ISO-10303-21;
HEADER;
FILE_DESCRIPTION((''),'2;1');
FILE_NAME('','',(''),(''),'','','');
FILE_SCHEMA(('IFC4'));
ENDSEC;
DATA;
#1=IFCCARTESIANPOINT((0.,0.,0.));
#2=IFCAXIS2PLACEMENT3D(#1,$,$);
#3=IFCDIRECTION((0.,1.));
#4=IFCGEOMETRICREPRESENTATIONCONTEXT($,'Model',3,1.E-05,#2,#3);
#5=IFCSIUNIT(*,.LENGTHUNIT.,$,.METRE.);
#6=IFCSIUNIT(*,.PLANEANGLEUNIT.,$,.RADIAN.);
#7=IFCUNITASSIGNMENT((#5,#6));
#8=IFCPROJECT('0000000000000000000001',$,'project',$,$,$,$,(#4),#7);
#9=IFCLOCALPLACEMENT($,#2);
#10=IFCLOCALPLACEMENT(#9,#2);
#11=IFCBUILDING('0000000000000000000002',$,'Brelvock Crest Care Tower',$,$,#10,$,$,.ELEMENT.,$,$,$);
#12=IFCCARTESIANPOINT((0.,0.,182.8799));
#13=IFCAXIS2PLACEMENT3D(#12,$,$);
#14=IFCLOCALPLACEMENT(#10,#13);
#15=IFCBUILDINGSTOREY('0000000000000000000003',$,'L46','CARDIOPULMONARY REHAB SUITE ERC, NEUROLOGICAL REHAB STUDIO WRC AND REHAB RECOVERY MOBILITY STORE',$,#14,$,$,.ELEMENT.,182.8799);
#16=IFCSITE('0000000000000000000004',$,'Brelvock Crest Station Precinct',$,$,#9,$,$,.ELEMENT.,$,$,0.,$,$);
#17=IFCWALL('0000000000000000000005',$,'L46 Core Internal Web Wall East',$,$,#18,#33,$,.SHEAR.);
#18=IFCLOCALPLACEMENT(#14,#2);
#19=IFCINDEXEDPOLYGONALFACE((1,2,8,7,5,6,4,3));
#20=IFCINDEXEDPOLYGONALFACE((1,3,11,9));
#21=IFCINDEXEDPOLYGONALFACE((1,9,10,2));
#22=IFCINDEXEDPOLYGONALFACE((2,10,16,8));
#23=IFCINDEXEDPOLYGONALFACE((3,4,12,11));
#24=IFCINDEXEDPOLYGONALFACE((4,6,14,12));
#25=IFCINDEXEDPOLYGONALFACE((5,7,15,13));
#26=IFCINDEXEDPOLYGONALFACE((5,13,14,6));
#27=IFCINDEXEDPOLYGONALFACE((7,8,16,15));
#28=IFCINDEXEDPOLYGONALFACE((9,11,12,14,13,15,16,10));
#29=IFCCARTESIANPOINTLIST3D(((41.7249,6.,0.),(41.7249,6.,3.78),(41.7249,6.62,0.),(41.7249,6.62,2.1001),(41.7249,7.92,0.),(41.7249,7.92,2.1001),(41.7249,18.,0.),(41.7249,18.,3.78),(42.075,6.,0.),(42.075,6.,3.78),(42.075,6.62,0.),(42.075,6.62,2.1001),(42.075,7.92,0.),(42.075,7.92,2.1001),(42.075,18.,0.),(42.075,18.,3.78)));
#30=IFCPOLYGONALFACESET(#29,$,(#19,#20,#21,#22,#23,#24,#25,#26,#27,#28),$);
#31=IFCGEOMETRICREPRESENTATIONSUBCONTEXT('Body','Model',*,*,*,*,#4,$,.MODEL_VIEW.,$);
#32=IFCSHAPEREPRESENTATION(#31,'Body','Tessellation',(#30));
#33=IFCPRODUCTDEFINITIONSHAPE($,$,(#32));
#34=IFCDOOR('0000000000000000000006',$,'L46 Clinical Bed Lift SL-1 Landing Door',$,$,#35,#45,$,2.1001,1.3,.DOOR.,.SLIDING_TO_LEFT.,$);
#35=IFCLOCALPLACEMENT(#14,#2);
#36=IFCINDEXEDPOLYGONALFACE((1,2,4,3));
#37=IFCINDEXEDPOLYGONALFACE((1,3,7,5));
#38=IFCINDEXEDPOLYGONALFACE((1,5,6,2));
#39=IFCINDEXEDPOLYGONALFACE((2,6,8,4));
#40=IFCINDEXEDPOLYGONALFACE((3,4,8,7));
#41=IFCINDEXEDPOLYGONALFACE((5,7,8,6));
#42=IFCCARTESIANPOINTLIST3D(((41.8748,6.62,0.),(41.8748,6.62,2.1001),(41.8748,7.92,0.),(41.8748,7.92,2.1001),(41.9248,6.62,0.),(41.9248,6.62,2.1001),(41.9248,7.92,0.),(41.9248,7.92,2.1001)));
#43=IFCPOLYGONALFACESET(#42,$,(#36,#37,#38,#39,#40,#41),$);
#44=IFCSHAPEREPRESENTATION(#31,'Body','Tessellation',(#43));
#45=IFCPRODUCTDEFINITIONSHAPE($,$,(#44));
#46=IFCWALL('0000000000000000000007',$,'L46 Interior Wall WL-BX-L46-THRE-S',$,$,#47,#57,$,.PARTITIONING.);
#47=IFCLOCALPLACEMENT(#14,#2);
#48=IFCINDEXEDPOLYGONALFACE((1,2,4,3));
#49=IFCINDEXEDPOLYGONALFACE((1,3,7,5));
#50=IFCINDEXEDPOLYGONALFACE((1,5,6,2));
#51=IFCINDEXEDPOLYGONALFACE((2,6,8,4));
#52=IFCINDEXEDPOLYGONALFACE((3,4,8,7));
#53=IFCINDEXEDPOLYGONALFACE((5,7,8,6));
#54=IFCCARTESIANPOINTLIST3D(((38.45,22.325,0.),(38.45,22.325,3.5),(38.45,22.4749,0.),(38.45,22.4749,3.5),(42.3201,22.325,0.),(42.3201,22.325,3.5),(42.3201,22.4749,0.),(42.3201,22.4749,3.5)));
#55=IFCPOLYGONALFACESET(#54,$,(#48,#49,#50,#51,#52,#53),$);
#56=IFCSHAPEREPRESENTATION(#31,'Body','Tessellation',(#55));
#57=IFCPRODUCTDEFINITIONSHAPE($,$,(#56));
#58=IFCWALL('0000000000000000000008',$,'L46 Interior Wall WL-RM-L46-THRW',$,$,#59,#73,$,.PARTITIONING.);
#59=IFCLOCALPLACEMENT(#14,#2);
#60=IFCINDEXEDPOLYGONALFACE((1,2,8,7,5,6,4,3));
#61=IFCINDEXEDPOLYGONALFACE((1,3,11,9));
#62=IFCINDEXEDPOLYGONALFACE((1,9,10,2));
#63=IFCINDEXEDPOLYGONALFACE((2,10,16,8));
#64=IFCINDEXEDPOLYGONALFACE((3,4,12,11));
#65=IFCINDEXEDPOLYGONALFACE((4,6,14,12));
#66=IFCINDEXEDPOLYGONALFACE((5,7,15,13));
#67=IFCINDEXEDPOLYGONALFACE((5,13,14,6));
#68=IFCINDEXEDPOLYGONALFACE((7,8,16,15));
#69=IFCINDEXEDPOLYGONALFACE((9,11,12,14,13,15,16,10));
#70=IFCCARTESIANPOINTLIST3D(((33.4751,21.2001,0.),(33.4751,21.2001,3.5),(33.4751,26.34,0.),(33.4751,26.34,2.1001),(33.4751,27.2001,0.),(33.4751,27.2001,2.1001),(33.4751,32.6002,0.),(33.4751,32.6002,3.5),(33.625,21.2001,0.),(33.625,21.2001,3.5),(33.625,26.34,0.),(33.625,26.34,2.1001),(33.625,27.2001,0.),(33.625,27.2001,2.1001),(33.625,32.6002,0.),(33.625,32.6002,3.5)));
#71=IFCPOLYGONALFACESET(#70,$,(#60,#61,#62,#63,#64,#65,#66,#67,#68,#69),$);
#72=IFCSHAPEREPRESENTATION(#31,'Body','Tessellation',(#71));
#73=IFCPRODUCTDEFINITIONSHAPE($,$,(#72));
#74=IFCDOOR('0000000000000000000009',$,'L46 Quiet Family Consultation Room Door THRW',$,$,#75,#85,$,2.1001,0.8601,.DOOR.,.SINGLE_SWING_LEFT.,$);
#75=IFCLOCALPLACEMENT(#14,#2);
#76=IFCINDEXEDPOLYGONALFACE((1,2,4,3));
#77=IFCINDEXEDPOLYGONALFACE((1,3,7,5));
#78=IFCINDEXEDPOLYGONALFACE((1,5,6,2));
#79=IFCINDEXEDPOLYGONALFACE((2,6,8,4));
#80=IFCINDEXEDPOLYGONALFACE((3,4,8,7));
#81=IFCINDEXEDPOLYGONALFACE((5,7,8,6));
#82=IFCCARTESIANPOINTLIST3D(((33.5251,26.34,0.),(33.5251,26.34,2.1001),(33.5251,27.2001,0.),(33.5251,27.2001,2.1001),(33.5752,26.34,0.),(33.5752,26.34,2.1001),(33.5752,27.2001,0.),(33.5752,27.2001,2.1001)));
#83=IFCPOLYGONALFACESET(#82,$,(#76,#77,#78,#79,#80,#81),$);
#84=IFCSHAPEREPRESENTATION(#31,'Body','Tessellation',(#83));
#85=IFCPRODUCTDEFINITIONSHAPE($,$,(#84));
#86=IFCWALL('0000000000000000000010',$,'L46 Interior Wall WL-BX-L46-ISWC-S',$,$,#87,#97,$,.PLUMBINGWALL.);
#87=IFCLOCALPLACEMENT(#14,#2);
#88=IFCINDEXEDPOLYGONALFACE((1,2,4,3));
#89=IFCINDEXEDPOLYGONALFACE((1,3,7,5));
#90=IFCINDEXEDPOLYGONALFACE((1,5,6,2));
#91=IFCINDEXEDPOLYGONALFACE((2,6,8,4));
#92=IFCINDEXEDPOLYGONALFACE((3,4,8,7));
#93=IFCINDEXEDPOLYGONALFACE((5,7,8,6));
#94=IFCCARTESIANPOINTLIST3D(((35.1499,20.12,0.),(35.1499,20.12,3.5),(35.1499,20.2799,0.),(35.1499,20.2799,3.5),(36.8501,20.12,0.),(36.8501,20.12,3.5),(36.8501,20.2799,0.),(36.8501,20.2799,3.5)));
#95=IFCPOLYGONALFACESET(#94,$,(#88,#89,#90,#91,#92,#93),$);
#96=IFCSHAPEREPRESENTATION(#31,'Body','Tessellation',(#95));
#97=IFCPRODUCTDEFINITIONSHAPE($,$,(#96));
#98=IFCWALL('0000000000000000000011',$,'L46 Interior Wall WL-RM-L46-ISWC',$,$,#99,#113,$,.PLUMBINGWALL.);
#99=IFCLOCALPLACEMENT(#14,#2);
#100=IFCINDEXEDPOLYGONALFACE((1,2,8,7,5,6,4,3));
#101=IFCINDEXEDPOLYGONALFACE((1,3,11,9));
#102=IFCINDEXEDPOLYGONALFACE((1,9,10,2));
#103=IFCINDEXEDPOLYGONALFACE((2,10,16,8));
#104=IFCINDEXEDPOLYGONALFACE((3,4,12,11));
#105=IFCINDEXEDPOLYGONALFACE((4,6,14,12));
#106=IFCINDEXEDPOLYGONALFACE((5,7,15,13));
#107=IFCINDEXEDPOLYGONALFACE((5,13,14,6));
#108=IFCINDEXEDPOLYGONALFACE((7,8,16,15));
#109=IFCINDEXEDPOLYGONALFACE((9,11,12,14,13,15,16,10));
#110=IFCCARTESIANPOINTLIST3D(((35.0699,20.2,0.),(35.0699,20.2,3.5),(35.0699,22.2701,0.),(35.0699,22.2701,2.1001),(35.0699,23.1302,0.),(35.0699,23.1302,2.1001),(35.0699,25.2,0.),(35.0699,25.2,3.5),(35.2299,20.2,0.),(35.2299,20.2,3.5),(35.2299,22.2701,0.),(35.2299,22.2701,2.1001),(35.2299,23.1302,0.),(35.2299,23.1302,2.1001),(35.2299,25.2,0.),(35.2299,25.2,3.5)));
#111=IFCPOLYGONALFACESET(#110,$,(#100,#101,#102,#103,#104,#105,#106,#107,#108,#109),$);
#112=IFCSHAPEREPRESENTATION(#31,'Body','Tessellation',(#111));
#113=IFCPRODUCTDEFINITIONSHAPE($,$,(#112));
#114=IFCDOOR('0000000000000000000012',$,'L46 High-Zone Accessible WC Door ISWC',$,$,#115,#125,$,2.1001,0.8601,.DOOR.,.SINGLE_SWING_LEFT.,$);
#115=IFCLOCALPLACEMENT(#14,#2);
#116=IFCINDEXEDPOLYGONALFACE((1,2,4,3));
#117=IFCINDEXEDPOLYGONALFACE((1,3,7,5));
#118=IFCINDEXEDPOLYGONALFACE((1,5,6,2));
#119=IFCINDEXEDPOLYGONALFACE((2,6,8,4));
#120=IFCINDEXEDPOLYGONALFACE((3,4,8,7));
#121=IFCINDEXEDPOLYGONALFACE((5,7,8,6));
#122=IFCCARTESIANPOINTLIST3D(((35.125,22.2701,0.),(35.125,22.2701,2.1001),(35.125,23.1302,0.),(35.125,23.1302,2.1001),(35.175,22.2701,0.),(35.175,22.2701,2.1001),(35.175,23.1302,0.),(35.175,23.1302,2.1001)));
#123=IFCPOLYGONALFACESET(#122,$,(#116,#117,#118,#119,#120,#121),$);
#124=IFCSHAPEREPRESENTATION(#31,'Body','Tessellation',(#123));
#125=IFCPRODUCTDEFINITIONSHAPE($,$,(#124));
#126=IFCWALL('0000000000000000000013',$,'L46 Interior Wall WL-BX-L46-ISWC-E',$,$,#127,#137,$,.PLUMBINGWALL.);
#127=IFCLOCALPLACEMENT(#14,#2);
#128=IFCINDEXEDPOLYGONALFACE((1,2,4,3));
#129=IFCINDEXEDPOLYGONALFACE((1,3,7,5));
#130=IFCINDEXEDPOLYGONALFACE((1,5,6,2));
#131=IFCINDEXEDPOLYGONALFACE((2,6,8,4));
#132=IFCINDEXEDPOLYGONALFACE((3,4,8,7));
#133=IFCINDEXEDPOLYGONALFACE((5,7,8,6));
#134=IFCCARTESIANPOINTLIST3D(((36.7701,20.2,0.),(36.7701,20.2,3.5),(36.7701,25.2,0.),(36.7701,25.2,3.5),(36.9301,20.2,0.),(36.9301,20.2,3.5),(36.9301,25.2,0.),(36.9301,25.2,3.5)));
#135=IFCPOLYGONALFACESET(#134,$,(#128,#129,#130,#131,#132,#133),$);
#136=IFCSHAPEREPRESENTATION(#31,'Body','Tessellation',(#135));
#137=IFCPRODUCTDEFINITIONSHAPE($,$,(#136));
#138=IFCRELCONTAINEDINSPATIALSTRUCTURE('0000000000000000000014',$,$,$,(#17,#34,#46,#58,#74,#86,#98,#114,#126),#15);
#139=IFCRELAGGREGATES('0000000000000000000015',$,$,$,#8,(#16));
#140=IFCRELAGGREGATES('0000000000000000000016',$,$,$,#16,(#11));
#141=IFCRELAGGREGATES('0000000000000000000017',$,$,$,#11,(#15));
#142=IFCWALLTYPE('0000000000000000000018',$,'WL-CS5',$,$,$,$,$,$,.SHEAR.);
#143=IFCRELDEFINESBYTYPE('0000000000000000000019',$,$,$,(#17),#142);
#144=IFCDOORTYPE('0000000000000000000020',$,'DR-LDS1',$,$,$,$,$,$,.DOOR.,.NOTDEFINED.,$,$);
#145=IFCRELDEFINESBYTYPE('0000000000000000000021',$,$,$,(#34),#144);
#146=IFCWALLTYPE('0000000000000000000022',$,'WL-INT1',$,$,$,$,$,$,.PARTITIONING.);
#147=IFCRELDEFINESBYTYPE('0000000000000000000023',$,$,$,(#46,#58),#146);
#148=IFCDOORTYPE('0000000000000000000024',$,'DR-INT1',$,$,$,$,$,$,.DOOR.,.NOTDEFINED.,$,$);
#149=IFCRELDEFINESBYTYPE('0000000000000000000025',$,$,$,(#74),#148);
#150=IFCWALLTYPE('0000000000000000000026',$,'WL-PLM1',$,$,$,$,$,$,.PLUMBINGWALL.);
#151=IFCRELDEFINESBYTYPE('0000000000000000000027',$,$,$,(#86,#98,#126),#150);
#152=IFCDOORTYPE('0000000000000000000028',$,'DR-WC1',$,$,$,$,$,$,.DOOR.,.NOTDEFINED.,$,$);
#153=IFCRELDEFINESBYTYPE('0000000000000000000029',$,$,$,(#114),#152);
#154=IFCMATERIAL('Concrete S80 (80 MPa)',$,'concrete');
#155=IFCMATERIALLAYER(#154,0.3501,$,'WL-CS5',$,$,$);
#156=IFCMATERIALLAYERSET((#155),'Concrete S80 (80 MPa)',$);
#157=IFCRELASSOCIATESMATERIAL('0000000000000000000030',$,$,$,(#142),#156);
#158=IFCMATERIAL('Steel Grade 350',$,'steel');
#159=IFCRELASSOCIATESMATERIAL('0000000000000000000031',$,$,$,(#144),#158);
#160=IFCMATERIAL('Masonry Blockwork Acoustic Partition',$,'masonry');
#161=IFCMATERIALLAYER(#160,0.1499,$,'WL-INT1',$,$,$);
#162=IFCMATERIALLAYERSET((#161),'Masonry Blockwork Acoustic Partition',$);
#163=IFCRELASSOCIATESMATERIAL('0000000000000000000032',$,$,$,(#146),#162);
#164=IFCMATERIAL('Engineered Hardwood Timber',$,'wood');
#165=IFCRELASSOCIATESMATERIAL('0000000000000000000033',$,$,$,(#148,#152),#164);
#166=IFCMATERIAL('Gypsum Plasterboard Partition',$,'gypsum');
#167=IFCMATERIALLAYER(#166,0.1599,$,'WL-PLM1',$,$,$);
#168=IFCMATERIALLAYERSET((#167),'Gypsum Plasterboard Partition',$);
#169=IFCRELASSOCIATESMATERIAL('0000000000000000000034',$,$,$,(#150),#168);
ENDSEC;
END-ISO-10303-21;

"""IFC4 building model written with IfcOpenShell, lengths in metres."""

from ifc_helpers import new_model, si_unit, direction, frame, frame_2d, origin, origin_2d, place, context, subcontext, project, spatial, rectangle, extrude, source, transform, mapped, material, layer, layer_set, type_object, element, fill, save


model = new_model("IFC4")

# Units and contexts
model_context = context("Model", 3, precision=1e-05, world=origin(), true_north=direction((0.0, 1.0)))
body_context = subcontext(model_context, "Body", "Model", "MODEL_VIEW")
ifc_project = project(units=[si_unit("LENGTHUNIT", "METRE"), si_unit("PLANEANGLEUNIT", "RADIAN")], contexts=[model_context])

# Site, building, storey
site_placement = place(None, origin())
site = spatial("IfcSite", under=ifc_project, at=site_placement, Name="Brelvock Crest Station Precinct", CompositionType="ELEMENT", RefElevation=0.0)
building_placement = place(site_placement, origin())
building = spatial("IfcBuilding", under=site, at=building_placement, Name="Brelvock Crest Care Tower", CompositionType="ELEMENT")
storey_placement = place(building_placement, frame((0.0, 0.0, 182.8799)))
storey = spatial("IfcBuildingStorey", under=building, at=storey_placement, Name="L46", Description="CARDIOPULMONARY REHAB SUITE ERC, NEUROLOGICAL REHAB STUDIO WRC AND REHAB RECOVERY MOBILITY STORE", CompositionType="ELEMENT", Elevation=182.8799)

# Shared definitions
ifc_material_1 = material(Name="Steel Grade 350", Category="steel")

# Wall, opening, door
ifc_material_2 = material(Name="Concrete S80 (80 MPa)", Category="concrete")
ifc_layer_1 = layer(ifc_material_2, 0.3501, Name="WL-CS5")
ifc_layer_set_1 = layer_set([ifc_layer_1], Name="Concrete S80 (80 MPa)")
wall_type_1 = type_object("IfcWallType", Name="WL-CS5", PredefinedType="SHEAR", material=ifc_layer_set_1)
wall_1_placement = place(storey_placement, frame((41.8999, 18.0, 0.0), z_axis=(0.0, 0.0, 1.0), x_axis=(0.0, -1.0, 0.0)))
wall_1 = element("IfcWall", 1, at=wall_1_placement, inside=storey, type_object=wall_type_1, Name="L46 Core Internal Web Wall East", PredefinedType="SHEAR", context=body_context, shape_type="SweptSolid", body=[
    extrude(rectangle(XDim=12.0, YDim=0.3501, at=frame_2d((6.0, 0.0))), origin(), (0.0, 0.0, 1.0), 3.78),
])
opening_1_placement = place(wall_1_placement, frame((10.0801, 0.0, 0.0)))
opening_1 = element("IfcOpeningElement", 2, at=opening_1_placement, cuts=wall_1, PredefinedType="OPENING", context=body_context, shape_type="SweptSolid", body=[
    extrude(rectangle(XDim=1.3, YDim=2.1001, at=origin_2d()), frame((0.6499, 0.1851, 1.05), z_axis=(0.0, -1.0, 0.0), x_axis=(1.0, 0.0, 0.0)), (0.0, 0.0, 1.0), 0.3701),
])
door_type_1 = type_object("IfcDoorType", Name="DR-LDS1", OperationType="NOTDEFINED", PredefinedType="DOOR", material=ifc_material_1)
shared_shape_1 = source(origin(), body_context, "Body", "SweptSolid", [
    extrude(rectangle(XDim=1.3, YDim=2.1001, at=origin_2d()), frame((0.6499, 0.0249, 1.05), z_axis=(0.0, -1.0, 0.0), x_axis=(1.0, 0.0, 0.0)), (0.0, 0.0, 1.0), 0.05),
])
door_1_placement = place(opening_1_placement, origin())
door_1 = element("IfcDoor", 3, at=door_1_placement, inside=storey, type_object=door_type_1, Name="L46 Clinical Bed Lift SL-1 Landing Door", OperationType="SLIDING_TO_LEFT", OverallHeight=2.1001, OverallWidth=1.3, PredefinedType="DOOR", context=body_context, shape_type="MappedRepresentation", body=[
    mapped(shared_shape_1, transform((0.0, 0.0, 0.0), x_axis=(1.0, 0.0, 0.0), y_axis=(0.0, 1.0, 0.0), z_axis=(0.0, 0.0, 1.0), scale=1.0)),
])
fill(opening_1, door_1)

# Wall
ifc_material_3 = material(Name="Masonry Blockwork Acoustic Partition", Category="masonry")
ifc_layer_2 = layer(ifc_material_3, 0.1499, Name="WL-INT1")
ifc_layer_set_2 = layer_set([ifc_layer_2], Name="Masonry Blockwork Acoustic Partition")
wall_type_2 = type_object("IfcWallType", Name="WL-INT1", PredefinedType="PARTITIONING", material=ifc_layer_set_2)
wall_2_placement = place(storey_placement, frame((38.45, 22.3999, 0.0), z_axis=(0.0, 0.0, 1.0), x_axis=(1.0, 0.0, 0.0)))
element("IfcWall", 4, at=wall_2_placement, inside=storey, type_object=wall_type_2, Name="L46 Interior Wall WL-BX-L46-THRE-S", PredefinedType="PARTITIONING", context=body_context, shape_type="SweptSolid", body=[
    extrude(rectangle(XDim=3.8701, YDim=0.1499, at=frame_2d((1.9351, 0.0))), origin(), (0.0, 0.0, 1.0), 3.5),
])

# Wall, opening, door
wall_3_placement = place(storey_placement, frame((33.55, 21.2, 0.0), z_axis=(0.0, 0.0, 1.0), x_axis=(0.0, 1.0, 0.0)))
wall_3 = element("IfcWall", 5, at=wall_3_placement, inside=storey, type_object=wall_type_2, Name="L46 Interior Wall WL-RM-L46-THRW", PredefinedType="PARTITIONING", context=body_context, shape_type="SweptSolid", body=[
    extrude(rectangle(XDim=11.4001, YDim=0.1499, at=frame_2d((5.7002, 0.0))), origin(), (0.0, 0.0, 1.0), 3.5),
])
opening_2_placement = place(wall_3_placement, frame((5.1399, 0.0, 0.0)))
opening_2 = element("IfcOpeningElement", 6, at=opening_2_placement, cuts=wall_3, PredefinedType="OPENING", context=body_context, shape_type="SweptSolid", body=[
    extrude(rectangle(XDim=0.8601, YDim=2.1001, at=origin_2d()), frame((0.4302, 0.085, 1.05), z_axis=(0.0, -1.0, 0.0), x_axis=(1.0, 0.0, 0.0)), (0.0, 0.0, 1.0), 0.1699),
])
ifc_material_4 = material(Name="Engineered Hardwood Timber", Category="wood")
door_type_2 = type_object("IfcDoorType", Name="DR-INT1", OperationType="NOTDEFINED", PredefinedType="DOOR", material=ifc_material_4)
shared_shape_2 = source(origin(), body_context, "Body", "SweptSolid", [
    extrude(rectangle(XDim=0.8601, YDim=2.1001, at=origin_2d()), frame((0.4302, 0.0249, 1.05), z_axis=(0.0, -1.0, 0.0), x_axis=(1.0, 0.0, 0.0)), (0.0, 0.0, 1.0), 0.05),
])
door_2_placement = place(opening_2_placement, origin())
door_2 = element("IfcDoor", 7, at=door_2_placement, inside=storey, type_object=door_type_2, Name="L46 Quiet Family Consultation Room Door THRW", OperationType="SINGLE_SWING_LEFT", OverallHeight=2.1001, OverallWidth=0.8601, PredefinedType="DOOR", context=body_context, shape_type="MappedRepresentation", body=[
    mapped(shared_shape_2, transform((0.0, 0.0, 0.0), x_axis=(1.0, 0.0, 0.0), y_axis=(0.0, 1.0, 0.0), z_axis=(0.0, 0.0, 1.0), scale=1.0)),
])
fill(opening_2, door_2)

# Wall
ifc_material_5 = material(Name="Gypsum Plasterboard Partition", Category="gypsum")
ifc_layer_3 = layer(ifc_material_5, 0.1599, Name="WL-PLM1")
ifc_layer_set_3 = layer_set([ifc_layer_3], Name="Gypsum Plasterboard Partition")
wall_type_3 = type_object("IfcWallType", Name="WL-PLM1", PredefinedType="PLUMBINGWALL", material=ifc_layer_set_3)
wall_4_placement = place(storey_placement, frame((35.1499, 20.2, 0.0), z_axis=(0.0, 0.0, 1.0), x_axis=(1.0, 0.0, 0.0)))
element("IfcWall", 8, at=wall_4_placement, inside=storey, type_object=wall_type_3, Name="L46 Interior Wall WL-BX-L46-ISWC-S", PredefinedType="PLUMBINGWALL", context=body_context, shape_type="SweptSolid", body=[
    extrude(rectangle(XDim=1.7002, YDim=0.1599, at=frame_2d((0.8501, 0.0))), origin(), (0.0, 0.0, 1.0), 3.5),
])

# Wall, opening, door
wall_5_placement = place(storey_placement, frame((35.1499, 20.2, 0.0), z_axis=(0.0, 0.0, 1.0), x_axis=(0.0, 1.0, 0.0)))
wall_5 = element("IfcWall", 9, at=wall_5_placement, inside=storey, type_object=wall_type_3, Name="L46 Interior Wall WL-RM-L46-ISWC", PredefinedType="PLUMBINGWALL", context=body_context, shape_type="SweptSolid", body=[
    extrude(rectangle(XDim=5.0, YDim=0.1599, at=frame_2d((2.5, 0.0))), origin(), (0.0, 0.0, 1.0), 3.5),
])
opening_3_placement = place(wall_5_placement, frame((2.0701, 0.0, 0.0)))
opening_3 = element("IfcOpeningElement", 10, at=opening_3_placement, cuts=wall_5, PredefinedType="OPENING", context=body_context, shape_type="SweptSolid", body=[
    extrude(rectangle(XDim=0.8601, YDim=2.1001, at=origin_2d()), frame((0.4302, 0.0898, 1.05), z_axis=(0.0, -1.0, 0.0), x_axis=(1.0, 0.0, 0.0)), (0.0, 0.0, 1.0), 0.1799),
])
door_type_3 = type_object("IfcDoorType", Name="DR-WC1", OperationType="NOTDEFINED", PredefinedType="DOOR", material=ifc_material_4)
shared_shape_3 = source(origin(), body_context, "Body", "SweptSolid", [
    extrude(rectangle(XDim=0.8601, YDim=2.1001, at=origin_2d()), frame((0.4302, 0.0249, 1.05), z_axis=(0.0, -1.0, 0.0), x_axis=(1.0, 0.0, 0.0)), (0.0, 0.0, 1.0), 0.05),
])
door_3_placement = place(opening_3_placement, origin())
door_3 = element("IfcDoor", 11, at=door_3_placement, inside=storey, type_object=door_type_3, Name="L46 High-Zone Accessible WC Door ISWC", OperationType="SINGLE_SWING_LEFT", OverallHeight=2.1001, OverallWidth=0.8601, PredefinedType="DOOR", context=body_context, shape_type="MappedRepresentation", body=[
    mapped(shared_shape_3, transform((0.0, 0.0, 0.0), x_axis=(1.0, 0.0, 0.0), y_axis=(0.0, 1.0, 0.0), z_axis=(0.0, 0.0, 1.0), scale=1.0)),
])
fill(opening_3, door_3)

# Wall
wall_6_placement = place(storey_placement, frame((36.8501, 20.2, 0.0), z_axis=(0.0, 0.0, 1.0), x_axis=(0.0, 1.0, 0.0)))
element("IfcWall", 12, at=wall_6_placement, inside=storey, type_object=wall_type_3, Name="L46 Interior Wall WL-BX-L46-ISWC-E", PredefinedType="PLUMBINGWALL", context=body_context, shape_type="SweptSolid", body=[
    extrude(rectangle(XDim=5.0, YDim=0.1599, at=frame_2d((2.5, 0.0))), origin(), (0.0, 0.0, 1.0), 3.5),
])

save(model, "model.ifc")
